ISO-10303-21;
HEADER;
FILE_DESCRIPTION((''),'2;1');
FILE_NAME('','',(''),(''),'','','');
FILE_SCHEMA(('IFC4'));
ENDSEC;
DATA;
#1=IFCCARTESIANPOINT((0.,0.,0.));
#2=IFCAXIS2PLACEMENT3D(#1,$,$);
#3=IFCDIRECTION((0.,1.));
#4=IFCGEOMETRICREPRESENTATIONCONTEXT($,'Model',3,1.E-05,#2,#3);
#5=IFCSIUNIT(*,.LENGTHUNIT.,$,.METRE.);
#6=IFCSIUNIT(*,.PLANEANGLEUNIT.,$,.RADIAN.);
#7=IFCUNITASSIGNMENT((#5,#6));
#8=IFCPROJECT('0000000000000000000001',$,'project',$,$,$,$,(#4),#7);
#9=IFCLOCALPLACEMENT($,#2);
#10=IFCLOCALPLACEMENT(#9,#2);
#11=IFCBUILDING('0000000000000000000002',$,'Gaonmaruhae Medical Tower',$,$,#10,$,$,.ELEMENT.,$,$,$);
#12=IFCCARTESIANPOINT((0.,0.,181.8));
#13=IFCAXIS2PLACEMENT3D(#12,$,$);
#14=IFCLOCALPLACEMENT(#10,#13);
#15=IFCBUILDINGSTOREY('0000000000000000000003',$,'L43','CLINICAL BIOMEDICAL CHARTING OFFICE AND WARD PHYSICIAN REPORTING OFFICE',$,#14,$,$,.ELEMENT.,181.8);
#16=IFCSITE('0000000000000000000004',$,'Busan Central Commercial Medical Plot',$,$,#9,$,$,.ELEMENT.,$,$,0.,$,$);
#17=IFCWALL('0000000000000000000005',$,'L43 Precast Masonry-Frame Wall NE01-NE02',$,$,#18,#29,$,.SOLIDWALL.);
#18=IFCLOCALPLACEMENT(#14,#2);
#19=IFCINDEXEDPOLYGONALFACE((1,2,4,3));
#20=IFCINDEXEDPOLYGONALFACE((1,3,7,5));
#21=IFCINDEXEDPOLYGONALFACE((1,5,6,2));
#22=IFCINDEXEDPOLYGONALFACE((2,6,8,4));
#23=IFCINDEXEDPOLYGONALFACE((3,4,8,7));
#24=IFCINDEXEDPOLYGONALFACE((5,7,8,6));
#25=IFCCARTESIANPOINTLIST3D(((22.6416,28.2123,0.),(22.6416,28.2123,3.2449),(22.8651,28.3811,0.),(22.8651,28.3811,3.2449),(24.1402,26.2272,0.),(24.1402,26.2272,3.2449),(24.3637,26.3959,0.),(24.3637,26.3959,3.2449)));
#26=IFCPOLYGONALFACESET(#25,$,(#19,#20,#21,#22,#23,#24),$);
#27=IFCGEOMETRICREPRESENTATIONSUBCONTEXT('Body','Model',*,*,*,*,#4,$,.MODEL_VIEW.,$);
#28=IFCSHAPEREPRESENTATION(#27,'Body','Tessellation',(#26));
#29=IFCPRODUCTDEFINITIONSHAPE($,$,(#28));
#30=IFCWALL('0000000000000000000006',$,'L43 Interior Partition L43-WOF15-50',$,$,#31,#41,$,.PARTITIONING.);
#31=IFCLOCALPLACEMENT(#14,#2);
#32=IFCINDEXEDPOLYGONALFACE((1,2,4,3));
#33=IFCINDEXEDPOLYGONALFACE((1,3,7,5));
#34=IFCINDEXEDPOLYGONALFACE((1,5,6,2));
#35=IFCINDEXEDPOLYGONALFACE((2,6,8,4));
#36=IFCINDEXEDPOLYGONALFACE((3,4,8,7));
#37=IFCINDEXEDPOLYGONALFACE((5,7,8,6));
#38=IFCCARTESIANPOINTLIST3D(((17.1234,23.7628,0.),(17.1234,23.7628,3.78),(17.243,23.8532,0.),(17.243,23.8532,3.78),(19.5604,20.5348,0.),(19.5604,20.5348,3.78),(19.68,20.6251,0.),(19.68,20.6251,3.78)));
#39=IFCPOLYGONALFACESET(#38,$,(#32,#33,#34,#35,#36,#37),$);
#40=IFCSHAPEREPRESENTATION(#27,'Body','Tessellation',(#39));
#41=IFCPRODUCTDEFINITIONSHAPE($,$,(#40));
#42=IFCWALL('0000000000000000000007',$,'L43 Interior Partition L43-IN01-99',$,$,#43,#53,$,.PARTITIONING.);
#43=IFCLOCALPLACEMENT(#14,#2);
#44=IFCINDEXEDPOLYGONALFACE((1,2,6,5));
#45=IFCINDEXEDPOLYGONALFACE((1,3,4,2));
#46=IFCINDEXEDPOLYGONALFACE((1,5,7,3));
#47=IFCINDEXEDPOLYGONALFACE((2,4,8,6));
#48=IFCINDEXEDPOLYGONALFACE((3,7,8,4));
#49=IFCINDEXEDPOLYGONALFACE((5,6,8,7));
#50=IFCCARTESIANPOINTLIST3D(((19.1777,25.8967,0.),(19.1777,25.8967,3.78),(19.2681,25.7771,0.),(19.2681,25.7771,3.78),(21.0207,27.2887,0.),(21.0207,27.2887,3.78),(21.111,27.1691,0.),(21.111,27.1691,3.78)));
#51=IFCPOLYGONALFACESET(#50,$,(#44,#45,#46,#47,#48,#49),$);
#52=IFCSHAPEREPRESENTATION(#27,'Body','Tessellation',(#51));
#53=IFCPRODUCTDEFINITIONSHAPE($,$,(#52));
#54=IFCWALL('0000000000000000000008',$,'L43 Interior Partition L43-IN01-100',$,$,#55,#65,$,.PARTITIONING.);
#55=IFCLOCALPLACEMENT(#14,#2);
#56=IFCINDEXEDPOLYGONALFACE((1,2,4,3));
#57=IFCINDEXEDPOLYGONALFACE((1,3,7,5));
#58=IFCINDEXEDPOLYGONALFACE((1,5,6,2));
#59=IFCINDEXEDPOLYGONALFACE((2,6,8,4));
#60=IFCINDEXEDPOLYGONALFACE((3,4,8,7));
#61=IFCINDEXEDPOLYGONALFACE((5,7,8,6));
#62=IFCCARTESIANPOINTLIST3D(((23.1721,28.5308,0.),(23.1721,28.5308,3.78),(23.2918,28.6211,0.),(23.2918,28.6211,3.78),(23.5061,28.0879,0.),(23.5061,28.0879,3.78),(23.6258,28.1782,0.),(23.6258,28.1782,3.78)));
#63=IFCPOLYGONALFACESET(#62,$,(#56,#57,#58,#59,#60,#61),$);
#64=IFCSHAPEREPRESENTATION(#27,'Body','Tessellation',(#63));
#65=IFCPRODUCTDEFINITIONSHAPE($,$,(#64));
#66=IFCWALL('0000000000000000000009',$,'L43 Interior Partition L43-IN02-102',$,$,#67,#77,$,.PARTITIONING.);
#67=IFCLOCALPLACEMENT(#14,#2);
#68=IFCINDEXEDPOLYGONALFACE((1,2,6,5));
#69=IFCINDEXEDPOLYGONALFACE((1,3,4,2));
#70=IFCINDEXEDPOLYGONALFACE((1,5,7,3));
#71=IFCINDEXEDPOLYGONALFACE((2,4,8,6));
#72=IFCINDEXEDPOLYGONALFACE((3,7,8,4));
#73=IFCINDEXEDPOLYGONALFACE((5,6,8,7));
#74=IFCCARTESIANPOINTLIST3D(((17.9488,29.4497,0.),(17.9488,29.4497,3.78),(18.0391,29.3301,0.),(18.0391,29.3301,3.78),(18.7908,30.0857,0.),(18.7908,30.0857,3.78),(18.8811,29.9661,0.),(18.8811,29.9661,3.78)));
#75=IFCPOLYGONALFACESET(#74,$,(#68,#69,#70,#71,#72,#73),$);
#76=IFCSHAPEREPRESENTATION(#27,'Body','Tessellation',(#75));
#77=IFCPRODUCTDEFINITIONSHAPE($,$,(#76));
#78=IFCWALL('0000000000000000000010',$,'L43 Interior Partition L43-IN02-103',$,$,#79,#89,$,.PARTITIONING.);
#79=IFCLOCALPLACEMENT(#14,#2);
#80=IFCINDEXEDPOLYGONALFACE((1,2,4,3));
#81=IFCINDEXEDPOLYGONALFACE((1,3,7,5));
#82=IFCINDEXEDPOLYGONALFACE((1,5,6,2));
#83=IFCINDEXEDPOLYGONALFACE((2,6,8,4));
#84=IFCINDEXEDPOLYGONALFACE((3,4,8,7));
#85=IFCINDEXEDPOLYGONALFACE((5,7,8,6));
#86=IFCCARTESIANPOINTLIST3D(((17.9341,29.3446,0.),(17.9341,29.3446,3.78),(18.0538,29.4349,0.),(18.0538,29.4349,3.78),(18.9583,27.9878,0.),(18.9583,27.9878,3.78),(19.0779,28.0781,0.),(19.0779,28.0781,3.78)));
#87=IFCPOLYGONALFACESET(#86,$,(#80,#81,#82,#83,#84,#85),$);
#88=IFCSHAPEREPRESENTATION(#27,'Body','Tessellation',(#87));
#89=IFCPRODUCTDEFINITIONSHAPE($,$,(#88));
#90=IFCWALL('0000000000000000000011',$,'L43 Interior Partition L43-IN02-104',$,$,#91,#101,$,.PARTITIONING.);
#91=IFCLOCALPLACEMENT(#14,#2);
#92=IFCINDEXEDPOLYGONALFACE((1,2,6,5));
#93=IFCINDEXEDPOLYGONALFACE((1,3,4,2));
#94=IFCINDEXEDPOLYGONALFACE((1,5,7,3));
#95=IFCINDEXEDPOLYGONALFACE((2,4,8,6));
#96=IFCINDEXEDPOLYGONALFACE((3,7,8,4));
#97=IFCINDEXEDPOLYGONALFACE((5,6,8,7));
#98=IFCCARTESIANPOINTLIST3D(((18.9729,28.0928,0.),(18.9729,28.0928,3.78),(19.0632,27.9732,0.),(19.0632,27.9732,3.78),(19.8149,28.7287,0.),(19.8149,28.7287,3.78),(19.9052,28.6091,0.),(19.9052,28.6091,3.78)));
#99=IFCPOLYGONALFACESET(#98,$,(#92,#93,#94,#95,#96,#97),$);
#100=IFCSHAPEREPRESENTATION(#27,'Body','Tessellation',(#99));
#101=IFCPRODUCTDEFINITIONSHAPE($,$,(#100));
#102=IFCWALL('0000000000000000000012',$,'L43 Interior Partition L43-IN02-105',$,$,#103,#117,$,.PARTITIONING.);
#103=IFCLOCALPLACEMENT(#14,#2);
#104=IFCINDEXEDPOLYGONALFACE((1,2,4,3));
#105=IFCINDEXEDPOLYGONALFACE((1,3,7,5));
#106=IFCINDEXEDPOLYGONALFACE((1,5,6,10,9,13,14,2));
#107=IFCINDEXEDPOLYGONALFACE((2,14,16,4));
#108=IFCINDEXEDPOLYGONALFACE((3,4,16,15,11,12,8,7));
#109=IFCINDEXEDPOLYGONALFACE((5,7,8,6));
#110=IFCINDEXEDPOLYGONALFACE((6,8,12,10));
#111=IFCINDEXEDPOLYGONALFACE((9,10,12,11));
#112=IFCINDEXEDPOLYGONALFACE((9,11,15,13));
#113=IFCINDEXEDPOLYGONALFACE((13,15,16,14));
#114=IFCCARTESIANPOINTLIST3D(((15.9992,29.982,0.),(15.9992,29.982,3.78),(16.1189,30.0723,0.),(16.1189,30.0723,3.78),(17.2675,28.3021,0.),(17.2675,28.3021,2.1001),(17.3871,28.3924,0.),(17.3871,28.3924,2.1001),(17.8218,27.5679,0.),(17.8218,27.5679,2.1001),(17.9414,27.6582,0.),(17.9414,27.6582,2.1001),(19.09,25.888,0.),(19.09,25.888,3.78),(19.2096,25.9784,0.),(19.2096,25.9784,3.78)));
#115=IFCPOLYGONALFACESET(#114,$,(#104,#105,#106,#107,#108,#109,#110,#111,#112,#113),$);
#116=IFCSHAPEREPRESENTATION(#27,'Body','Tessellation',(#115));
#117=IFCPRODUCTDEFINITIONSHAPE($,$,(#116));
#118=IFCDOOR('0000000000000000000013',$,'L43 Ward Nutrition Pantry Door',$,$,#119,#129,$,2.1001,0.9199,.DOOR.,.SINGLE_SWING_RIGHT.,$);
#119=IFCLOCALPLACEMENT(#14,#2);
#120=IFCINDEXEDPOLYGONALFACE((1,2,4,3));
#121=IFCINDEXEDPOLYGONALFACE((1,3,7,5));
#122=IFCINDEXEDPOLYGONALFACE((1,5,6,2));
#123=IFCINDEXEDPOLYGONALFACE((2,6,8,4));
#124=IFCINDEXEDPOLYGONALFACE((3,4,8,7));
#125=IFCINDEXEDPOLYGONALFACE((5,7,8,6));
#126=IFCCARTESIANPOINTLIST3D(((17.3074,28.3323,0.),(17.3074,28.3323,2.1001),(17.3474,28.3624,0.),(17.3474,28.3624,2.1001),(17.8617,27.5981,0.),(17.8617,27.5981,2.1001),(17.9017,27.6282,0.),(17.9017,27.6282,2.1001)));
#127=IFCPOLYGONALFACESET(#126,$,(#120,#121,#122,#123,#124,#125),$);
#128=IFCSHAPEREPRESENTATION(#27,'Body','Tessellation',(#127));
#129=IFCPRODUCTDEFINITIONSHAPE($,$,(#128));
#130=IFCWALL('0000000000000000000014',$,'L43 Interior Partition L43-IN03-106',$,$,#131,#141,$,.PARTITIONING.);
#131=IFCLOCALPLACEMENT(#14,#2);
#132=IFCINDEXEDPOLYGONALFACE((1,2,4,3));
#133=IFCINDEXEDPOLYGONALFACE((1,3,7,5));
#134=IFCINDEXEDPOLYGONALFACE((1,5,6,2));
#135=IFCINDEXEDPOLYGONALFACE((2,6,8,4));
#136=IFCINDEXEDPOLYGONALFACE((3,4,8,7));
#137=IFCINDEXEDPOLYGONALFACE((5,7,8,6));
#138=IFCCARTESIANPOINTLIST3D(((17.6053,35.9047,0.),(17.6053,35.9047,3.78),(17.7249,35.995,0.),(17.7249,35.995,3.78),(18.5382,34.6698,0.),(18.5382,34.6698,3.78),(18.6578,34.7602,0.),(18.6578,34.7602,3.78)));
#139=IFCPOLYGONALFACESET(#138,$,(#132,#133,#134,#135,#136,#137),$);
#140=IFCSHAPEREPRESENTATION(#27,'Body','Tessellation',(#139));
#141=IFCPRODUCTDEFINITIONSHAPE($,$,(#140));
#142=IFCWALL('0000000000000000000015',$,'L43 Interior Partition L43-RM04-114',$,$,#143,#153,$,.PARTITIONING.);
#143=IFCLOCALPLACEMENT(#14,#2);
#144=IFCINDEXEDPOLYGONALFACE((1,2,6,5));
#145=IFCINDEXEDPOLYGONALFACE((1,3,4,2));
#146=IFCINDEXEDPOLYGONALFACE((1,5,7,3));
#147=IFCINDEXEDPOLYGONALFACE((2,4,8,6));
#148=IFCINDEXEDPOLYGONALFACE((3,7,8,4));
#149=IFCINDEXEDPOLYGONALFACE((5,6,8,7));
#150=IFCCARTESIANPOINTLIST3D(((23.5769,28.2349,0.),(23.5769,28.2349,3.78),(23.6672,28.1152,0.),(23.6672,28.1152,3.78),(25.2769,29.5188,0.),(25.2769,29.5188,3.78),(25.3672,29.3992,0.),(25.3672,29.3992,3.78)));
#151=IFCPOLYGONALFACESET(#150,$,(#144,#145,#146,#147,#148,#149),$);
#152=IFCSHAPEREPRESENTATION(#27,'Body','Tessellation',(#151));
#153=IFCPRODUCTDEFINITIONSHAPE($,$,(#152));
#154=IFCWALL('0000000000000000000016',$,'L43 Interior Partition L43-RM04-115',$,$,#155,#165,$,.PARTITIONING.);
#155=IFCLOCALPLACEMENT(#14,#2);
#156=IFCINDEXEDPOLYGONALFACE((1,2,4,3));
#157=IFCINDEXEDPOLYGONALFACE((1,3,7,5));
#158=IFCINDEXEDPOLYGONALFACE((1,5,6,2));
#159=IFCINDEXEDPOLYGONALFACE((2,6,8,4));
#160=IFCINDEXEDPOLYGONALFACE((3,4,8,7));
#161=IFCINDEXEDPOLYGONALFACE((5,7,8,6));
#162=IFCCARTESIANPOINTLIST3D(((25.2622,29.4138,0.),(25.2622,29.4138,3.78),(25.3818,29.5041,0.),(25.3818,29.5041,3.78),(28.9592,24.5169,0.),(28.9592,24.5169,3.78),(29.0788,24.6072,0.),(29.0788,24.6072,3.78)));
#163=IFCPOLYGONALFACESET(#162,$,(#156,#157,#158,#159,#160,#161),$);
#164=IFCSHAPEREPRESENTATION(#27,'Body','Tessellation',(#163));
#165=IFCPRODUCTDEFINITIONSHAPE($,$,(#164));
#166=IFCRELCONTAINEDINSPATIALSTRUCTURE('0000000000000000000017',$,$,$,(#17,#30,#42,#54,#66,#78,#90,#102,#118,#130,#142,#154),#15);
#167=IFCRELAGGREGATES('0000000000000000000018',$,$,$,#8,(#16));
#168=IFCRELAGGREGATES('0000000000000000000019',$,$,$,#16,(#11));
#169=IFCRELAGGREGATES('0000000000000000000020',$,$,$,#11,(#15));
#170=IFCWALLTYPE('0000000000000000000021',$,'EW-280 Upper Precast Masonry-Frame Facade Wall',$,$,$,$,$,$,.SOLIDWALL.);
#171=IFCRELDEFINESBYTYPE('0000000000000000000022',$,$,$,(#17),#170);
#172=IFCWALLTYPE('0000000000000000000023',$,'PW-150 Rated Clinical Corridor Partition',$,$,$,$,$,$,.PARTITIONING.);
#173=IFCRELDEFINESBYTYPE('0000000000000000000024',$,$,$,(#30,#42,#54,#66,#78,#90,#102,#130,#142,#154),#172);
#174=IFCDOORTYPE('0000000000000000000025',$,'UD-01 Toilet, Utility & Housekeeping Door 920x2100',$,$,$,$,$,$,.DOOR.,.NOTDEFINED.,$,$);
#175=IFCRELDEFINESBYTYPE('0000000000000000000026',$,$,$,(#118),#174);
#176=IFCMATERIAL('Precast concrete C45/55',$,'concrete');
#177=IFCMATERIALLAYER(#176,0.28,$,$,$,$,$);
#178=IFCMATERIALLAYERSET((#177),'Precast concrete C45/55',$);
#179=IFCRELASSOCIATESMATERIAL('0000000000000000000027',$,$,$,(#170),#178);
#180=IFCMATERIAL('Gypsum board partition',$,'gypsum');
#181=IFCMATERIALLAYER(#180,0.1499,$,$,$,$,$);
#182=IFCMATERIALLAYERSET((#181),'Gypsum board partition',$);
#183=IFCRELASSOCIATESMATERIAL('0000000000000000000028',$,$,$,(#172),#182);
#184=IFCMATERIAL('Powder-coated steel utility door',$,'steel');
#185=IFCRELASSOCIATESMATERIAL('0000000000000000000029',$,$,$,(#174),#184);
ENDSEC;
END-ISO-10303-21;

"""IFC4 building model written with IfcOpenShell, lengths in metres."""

from ifc_helpers import new_model, si_unit, direction, frame, frame_2d, origin, place, context, subcontext, project, spatial, rectangle, extrude, material, layer, layer_set, type_object, element, fill, save


model = new_model("IFC4")

# Units and contexts
model_context = context("Model", 3, precision=1e-05, world=origin(), true_north=direction((0.0, 1.0)))
body_context = subcontext(model_context, "Body", "Model", "MODEL_VIEW")
ifc_project = project(units=[si_unit("LENGTHUNIT", "METRE"), si_unit("PLANEANGLEUNIT", "RADIAN")], contexts=[model_context])

# Site, building, storey
site_placement = place(None, origin())
site = spatial("IfcSite", under=ifc_project, at=site_placement, Name="Busan Central Commercial Medical Plot", CompositionType="ELEMENT", RefElevation=0.0)
building_placement = place(site_placement, origin())
building = spatial("IfcBuilding", under=site, at=building_placement, Name="Gaonmaruhae Medical Tower", CompositionType="ELEMENT")
storey_placement = place(building_placement, frame((0.0, 0.0, 181.8)))
storey = spatial("IfcBuildingStorey", under=building, at=storey_placement, Name="L43", Description="CLINICAL BIOMEDICAL CHARTING OFFICE AND WARD PHYSICIAN REPORTING OFFICE", CompositionType="ELEMENT", Elevation=181.8)

# Shared definitions
ifc_material_1 = material(Name="Precast concrete C45/55", Category="concrete")

# Walls
ifc_layer_1 = layer(ifc_material_1, 0.28)
ifc_layer_set_1 = layer_set([ifc_layer_1], Name="Precast concrete C45/55")
wall_type_1 = type_object("IfcWallType", Name="EW-280 Upper Precast Masonry-Frame Facade Wall", PredefinedType="SOLIDWALL", material=ifc_layer_set_1)
wall_1_placement = place(storey_placement, frame((24.252, 26.3115, 0.0), z_axis=(0.0, 0.0, 1.0), x_axis=(-0.602494, 0.798123, 0.0)))
element("IfcWall", 1, at=wall_1_placement, inside=storey, type_object=wall_type_1, Name="L43 Precast Masonry-Frame Wall NE01-NE02", PredefinedType="SOLIDWALL", context=body_context, shape_type="SweptSolid", body=[
    extrude(rectangle(XDim=2.4873, YDim=0.28, at=frame_2d((1.2437, 0.0))), origin(), (0.0, 0.0, 1.0), 3.2449),
])
ifc_material_2 = material(Name="Gypsum board partition", Category="gypsum")
ifc_layer_2 = layer(ifc_material_2, 0.1499)
ifc_layer_set_2 = layer_set([ifc_layer_2], Name="Gypsum board partition")
wall_type_2 = type_object("IfcWallType", Name="PW-150 Rated Clinical Corridor Partition", PredefinedType="PARTITIONING", material=ifc_layer_set_2)
wall_2_placement = place(storey_placement, frame((17.1831, 23.8081, 0.0), z_axis=(0.0, 0.0, 1.0), x_axis=(0.602527, -0.798098, 0.0)))
element("IfcWall", 2, at=wall_2_placement, inside=storey, type_object=wall_type_2, Name="L43 Interior Partition L43-WOF15-50", PredefinedType="PARTITIONING", context=body_context, shape_type="SweptSolid", body=[
    extrude(rectangle(XDim=4.0447, YDim=0.1499, at=frame_2d((2.0225, 0.0))), origin(), (0.0, 0.0, 1.0), 3.78),
])
wall_3_placement = place(storey_placement, frame((19.2229, 25.8369, 0.0), z_axis=(0.0, 0.0, 1.0), x_axis=(0.797953, 0.602719, 0.0)))
element("IfcWall", 3, at=wall_3_placement, inside=storey, type_object=wall_type_2, Name="L43 Interior Partition L43-IN01-99", PredefinedType="PARTITIONING", context=body_context, shape_type="SweptSolid", body=[
    extrude(rectangle(XDim=2.3096, YDim=0.1499, at=frame_2d((1.1548, 0.0))), origin(), (0.0, 0.0, 1.0), 3.78),
])
wall_4_placement = place(storey_placement, frame((23.2319, 28.5759, 0.0), z_axis=(0.0, 0.0, 1.0), x_axis=(0.602111, -0.798413, 0.0)))
element("IfcWall", 4, at=wall_4_placement, inside=storey, type_object=wall_type_2, Name="L43 Interior Partition L43-IN01-100", PredefinedType="PARTITIONING", context=body_context, shape_type="SweptSolid", body=[
    extrude(rectangle(XDim=0.5547, YDim=0.1499, at=frame_2d((0.2773, 0.0))), origin(), (0.0, 0.0, 1.0), 3.78),
])
wall_5_placement = place(storey_placement, frame((18.8359, 30.0259, 0.0), z_axis=(0.0, 0.0, 1.0), x_axis=(-0.797969, -0.602699, 0.0)))
element("IfcWall", 5, at=wall_5_placement, inside=storey, type_object=wall_type_2, Name="L43 Interior Partition L43-IN02-102", PredefinedType="PARTITIONING", context=body_context, shape_type="SweptSolid", body=[
    extrude(rectangle(XDim=1.0552, YDim=0.1499, at=frame_2d((0.5276, 0.0))), origin(), (0.0, 0.0, 1.0), 3.78),
])
wall_6_placement = place(storey_placement, frame((17.9939, 29.3899, 0.0), z_axis=(0.0, 0.0, 1.0), x_axis=(0.602433, -0.79817, 0.0)))
element("IfcWall", 6, at=wall_6_placement, inside=storey, type_object=wall_type_2, Name="L43 Interior Partition L43-IN02-103", PredefinedType="PARTITIONING", context=body_context, shape_type="SweptSolid", body=[
    extrude(rectangle(XDim=1.7, YDim=0.1499, at=frame_2d((0.8501, 0.0))), origin(), (0.0, 0.0, 1.0), 3.78),
])
wall_7_placement = place(storey_placement, frame((19.0181, 28.033, 0.0), z_axis=(0.0, 0.0, 1.0), x_axis=(0.797969, 0.602699, 0.0)))
element("IfcWall", 7, at=wall_7_placement, inside=storey, type_object=wall_type_2, Name="L43 Interior Partition L43-IN02-104", PredefinedType="PARTITIONING", context=body_context, shape_type="SweptSolid", body=[
    extrude(rectangle(XDim=1.0552, YDim=0.1499, at=frame_2d((0.5276, 0.0))), origin(), (0.0, 0.0, 1.0), 3.78),
])

# Wall, opening, door
wall_8_placement = place(storey_placement, frame((19.1499, 25.9331, 0.0), z_axis=(0.0, 0.0, 1.0), x_axis=(-0.602533, 0.798094, 0.0)))
wall_8 = element("IfcWall", 8, at=wall_8_placement, inside=storey, type_object=wall_type_2, Name="L43 Interior Partition L43-IN02-105", PredefinedType="PARTITIONING", context=body_context, shape_type="SweptSolid", body=[
    extrude(rectangle(XDim=5.1296, YDim=0.1499, at=frame_2d((2.5649, 0.0))), origin(), (0.0, 0.0, 1.0), 3.78),
])
opening_1_placement = place(wall_8_placement, frame((2.105, 0.0, 0.0)))
opening_1 = element("IfcOpeningElement", 9, at=opening_1_placement, cuts=wall_8, PredefinedType="OPENING", context=body_context, shape_type="SweptSolid", body=[
    extrude(rectangle(XDim=0.9199, YDim=2.1001, at=frame_2d((0.46, 1.05))), frame((0.0, 0.085, 0.0), z_axis=(0.0, -1.0, 0.0), x_axis=(1.0, 0.0, 0.0)), (0.0, 0.0, 1.0), 0.1699),
])
ifc_material_3 = material(Name="Powder-coated steel utility door", Category="steel")
door_type_1 = type_object("IfcDoorType", Name="UD-01 Toilet, Utility & Housekeeping Door 920x2100", OperationType="NOTDEFINED", PredefinedType="DOOR", material=ifc_material_3)
door_1_placement = place(opening_1_placement, origin())
door_1 = element("IfcDoor", 10, at=door_1_placement, inside=storey, type_object=door_type_1, Name="L43 Ward Nutrition Pantry Door", OperationType="SINGLE_SWING_RIGHT", OverallHeight=2.1001, OverallWidth=0.9199, PredefinedType="DOOR", context=body_context, shape_type="SweptSolid", body=[
    extrude(rectangle(XDim=0.9199, YDim=2.1001, at=frame_2d((0.46, 1.05))), frame((0.0, 0.0249, 0.0), z_axis=(0.0, -1.0, 0.0), x_axis=(1.0, 0.0, 0.0)), (0.0, 0.0, 1.0), 0.05),
])
fill(opening_1, door_1)

# Walls
wall_9_placement = place(storey_placement, frame((17.665, 35.95, 0.0), z_axis=(0.0, 0.0, 1.0), x_axis=(0.602773, -0.797913, 0.0)))
element("IfcWall", 11, at=wall_9_placement, inside=storey, type_object=wall_type_2, Name="L43 Interior Partition L43-IN03-106", PredefinedType="PARTITIONING", context=body_context, shape_type="SweptSolid", body=[
    extrude(rectangle(XDim=1.5476, YDim=0.1499, at=frame_2d((0.7739, 0.0))), origin(), (0.0, 0.0, 1.0), 3.78),
])
wall_10_placement = place(storey_placement, frame((23.6221, 28.175, 0.0), z_axis=(0.0, 0.0, 1.0), x_axis=(0.797974, 0.602692, 0.0)))
element("IfcWall", 12, at=wall_10_placement, inside=storey, type_object=wall_type_2, Name="L43 Interior Partition L43-RM04-114", PredefinedType="PARTITIONING", context=body_context, shape_type="SweptSolid", body=[
    extrude(rectangle(XDim=2.1304, YDim=0.1499, at=frame_2d((1.0652, 0.0))), origin(), (0.0, 0.0, 1.0), 3.78),
])
wall_11_placement = place(storey_placement, frame((25.322, 29.459, 0.0), z_axis=(0.0, 0.0, 1.0), x_axis=(0.602531, -0.798096, 0.0)))
element("IfcWall", 13, at=wall_11_placement, inside=storey, type_object=wall_type_2, Name="L43 Interior Partition L43-RM04-115", PredefinedType="PARTITIONING", context=body_context, shape_type="SweptSolid", body=[
    extrude(rectangle(XDim=6.1357, YDim=0.1499, at=frame_2d((3.0679, 0.0))), origin(), (0.0, 0.0, 1.0), 3.78),
])

save(model, "model.ifc")
